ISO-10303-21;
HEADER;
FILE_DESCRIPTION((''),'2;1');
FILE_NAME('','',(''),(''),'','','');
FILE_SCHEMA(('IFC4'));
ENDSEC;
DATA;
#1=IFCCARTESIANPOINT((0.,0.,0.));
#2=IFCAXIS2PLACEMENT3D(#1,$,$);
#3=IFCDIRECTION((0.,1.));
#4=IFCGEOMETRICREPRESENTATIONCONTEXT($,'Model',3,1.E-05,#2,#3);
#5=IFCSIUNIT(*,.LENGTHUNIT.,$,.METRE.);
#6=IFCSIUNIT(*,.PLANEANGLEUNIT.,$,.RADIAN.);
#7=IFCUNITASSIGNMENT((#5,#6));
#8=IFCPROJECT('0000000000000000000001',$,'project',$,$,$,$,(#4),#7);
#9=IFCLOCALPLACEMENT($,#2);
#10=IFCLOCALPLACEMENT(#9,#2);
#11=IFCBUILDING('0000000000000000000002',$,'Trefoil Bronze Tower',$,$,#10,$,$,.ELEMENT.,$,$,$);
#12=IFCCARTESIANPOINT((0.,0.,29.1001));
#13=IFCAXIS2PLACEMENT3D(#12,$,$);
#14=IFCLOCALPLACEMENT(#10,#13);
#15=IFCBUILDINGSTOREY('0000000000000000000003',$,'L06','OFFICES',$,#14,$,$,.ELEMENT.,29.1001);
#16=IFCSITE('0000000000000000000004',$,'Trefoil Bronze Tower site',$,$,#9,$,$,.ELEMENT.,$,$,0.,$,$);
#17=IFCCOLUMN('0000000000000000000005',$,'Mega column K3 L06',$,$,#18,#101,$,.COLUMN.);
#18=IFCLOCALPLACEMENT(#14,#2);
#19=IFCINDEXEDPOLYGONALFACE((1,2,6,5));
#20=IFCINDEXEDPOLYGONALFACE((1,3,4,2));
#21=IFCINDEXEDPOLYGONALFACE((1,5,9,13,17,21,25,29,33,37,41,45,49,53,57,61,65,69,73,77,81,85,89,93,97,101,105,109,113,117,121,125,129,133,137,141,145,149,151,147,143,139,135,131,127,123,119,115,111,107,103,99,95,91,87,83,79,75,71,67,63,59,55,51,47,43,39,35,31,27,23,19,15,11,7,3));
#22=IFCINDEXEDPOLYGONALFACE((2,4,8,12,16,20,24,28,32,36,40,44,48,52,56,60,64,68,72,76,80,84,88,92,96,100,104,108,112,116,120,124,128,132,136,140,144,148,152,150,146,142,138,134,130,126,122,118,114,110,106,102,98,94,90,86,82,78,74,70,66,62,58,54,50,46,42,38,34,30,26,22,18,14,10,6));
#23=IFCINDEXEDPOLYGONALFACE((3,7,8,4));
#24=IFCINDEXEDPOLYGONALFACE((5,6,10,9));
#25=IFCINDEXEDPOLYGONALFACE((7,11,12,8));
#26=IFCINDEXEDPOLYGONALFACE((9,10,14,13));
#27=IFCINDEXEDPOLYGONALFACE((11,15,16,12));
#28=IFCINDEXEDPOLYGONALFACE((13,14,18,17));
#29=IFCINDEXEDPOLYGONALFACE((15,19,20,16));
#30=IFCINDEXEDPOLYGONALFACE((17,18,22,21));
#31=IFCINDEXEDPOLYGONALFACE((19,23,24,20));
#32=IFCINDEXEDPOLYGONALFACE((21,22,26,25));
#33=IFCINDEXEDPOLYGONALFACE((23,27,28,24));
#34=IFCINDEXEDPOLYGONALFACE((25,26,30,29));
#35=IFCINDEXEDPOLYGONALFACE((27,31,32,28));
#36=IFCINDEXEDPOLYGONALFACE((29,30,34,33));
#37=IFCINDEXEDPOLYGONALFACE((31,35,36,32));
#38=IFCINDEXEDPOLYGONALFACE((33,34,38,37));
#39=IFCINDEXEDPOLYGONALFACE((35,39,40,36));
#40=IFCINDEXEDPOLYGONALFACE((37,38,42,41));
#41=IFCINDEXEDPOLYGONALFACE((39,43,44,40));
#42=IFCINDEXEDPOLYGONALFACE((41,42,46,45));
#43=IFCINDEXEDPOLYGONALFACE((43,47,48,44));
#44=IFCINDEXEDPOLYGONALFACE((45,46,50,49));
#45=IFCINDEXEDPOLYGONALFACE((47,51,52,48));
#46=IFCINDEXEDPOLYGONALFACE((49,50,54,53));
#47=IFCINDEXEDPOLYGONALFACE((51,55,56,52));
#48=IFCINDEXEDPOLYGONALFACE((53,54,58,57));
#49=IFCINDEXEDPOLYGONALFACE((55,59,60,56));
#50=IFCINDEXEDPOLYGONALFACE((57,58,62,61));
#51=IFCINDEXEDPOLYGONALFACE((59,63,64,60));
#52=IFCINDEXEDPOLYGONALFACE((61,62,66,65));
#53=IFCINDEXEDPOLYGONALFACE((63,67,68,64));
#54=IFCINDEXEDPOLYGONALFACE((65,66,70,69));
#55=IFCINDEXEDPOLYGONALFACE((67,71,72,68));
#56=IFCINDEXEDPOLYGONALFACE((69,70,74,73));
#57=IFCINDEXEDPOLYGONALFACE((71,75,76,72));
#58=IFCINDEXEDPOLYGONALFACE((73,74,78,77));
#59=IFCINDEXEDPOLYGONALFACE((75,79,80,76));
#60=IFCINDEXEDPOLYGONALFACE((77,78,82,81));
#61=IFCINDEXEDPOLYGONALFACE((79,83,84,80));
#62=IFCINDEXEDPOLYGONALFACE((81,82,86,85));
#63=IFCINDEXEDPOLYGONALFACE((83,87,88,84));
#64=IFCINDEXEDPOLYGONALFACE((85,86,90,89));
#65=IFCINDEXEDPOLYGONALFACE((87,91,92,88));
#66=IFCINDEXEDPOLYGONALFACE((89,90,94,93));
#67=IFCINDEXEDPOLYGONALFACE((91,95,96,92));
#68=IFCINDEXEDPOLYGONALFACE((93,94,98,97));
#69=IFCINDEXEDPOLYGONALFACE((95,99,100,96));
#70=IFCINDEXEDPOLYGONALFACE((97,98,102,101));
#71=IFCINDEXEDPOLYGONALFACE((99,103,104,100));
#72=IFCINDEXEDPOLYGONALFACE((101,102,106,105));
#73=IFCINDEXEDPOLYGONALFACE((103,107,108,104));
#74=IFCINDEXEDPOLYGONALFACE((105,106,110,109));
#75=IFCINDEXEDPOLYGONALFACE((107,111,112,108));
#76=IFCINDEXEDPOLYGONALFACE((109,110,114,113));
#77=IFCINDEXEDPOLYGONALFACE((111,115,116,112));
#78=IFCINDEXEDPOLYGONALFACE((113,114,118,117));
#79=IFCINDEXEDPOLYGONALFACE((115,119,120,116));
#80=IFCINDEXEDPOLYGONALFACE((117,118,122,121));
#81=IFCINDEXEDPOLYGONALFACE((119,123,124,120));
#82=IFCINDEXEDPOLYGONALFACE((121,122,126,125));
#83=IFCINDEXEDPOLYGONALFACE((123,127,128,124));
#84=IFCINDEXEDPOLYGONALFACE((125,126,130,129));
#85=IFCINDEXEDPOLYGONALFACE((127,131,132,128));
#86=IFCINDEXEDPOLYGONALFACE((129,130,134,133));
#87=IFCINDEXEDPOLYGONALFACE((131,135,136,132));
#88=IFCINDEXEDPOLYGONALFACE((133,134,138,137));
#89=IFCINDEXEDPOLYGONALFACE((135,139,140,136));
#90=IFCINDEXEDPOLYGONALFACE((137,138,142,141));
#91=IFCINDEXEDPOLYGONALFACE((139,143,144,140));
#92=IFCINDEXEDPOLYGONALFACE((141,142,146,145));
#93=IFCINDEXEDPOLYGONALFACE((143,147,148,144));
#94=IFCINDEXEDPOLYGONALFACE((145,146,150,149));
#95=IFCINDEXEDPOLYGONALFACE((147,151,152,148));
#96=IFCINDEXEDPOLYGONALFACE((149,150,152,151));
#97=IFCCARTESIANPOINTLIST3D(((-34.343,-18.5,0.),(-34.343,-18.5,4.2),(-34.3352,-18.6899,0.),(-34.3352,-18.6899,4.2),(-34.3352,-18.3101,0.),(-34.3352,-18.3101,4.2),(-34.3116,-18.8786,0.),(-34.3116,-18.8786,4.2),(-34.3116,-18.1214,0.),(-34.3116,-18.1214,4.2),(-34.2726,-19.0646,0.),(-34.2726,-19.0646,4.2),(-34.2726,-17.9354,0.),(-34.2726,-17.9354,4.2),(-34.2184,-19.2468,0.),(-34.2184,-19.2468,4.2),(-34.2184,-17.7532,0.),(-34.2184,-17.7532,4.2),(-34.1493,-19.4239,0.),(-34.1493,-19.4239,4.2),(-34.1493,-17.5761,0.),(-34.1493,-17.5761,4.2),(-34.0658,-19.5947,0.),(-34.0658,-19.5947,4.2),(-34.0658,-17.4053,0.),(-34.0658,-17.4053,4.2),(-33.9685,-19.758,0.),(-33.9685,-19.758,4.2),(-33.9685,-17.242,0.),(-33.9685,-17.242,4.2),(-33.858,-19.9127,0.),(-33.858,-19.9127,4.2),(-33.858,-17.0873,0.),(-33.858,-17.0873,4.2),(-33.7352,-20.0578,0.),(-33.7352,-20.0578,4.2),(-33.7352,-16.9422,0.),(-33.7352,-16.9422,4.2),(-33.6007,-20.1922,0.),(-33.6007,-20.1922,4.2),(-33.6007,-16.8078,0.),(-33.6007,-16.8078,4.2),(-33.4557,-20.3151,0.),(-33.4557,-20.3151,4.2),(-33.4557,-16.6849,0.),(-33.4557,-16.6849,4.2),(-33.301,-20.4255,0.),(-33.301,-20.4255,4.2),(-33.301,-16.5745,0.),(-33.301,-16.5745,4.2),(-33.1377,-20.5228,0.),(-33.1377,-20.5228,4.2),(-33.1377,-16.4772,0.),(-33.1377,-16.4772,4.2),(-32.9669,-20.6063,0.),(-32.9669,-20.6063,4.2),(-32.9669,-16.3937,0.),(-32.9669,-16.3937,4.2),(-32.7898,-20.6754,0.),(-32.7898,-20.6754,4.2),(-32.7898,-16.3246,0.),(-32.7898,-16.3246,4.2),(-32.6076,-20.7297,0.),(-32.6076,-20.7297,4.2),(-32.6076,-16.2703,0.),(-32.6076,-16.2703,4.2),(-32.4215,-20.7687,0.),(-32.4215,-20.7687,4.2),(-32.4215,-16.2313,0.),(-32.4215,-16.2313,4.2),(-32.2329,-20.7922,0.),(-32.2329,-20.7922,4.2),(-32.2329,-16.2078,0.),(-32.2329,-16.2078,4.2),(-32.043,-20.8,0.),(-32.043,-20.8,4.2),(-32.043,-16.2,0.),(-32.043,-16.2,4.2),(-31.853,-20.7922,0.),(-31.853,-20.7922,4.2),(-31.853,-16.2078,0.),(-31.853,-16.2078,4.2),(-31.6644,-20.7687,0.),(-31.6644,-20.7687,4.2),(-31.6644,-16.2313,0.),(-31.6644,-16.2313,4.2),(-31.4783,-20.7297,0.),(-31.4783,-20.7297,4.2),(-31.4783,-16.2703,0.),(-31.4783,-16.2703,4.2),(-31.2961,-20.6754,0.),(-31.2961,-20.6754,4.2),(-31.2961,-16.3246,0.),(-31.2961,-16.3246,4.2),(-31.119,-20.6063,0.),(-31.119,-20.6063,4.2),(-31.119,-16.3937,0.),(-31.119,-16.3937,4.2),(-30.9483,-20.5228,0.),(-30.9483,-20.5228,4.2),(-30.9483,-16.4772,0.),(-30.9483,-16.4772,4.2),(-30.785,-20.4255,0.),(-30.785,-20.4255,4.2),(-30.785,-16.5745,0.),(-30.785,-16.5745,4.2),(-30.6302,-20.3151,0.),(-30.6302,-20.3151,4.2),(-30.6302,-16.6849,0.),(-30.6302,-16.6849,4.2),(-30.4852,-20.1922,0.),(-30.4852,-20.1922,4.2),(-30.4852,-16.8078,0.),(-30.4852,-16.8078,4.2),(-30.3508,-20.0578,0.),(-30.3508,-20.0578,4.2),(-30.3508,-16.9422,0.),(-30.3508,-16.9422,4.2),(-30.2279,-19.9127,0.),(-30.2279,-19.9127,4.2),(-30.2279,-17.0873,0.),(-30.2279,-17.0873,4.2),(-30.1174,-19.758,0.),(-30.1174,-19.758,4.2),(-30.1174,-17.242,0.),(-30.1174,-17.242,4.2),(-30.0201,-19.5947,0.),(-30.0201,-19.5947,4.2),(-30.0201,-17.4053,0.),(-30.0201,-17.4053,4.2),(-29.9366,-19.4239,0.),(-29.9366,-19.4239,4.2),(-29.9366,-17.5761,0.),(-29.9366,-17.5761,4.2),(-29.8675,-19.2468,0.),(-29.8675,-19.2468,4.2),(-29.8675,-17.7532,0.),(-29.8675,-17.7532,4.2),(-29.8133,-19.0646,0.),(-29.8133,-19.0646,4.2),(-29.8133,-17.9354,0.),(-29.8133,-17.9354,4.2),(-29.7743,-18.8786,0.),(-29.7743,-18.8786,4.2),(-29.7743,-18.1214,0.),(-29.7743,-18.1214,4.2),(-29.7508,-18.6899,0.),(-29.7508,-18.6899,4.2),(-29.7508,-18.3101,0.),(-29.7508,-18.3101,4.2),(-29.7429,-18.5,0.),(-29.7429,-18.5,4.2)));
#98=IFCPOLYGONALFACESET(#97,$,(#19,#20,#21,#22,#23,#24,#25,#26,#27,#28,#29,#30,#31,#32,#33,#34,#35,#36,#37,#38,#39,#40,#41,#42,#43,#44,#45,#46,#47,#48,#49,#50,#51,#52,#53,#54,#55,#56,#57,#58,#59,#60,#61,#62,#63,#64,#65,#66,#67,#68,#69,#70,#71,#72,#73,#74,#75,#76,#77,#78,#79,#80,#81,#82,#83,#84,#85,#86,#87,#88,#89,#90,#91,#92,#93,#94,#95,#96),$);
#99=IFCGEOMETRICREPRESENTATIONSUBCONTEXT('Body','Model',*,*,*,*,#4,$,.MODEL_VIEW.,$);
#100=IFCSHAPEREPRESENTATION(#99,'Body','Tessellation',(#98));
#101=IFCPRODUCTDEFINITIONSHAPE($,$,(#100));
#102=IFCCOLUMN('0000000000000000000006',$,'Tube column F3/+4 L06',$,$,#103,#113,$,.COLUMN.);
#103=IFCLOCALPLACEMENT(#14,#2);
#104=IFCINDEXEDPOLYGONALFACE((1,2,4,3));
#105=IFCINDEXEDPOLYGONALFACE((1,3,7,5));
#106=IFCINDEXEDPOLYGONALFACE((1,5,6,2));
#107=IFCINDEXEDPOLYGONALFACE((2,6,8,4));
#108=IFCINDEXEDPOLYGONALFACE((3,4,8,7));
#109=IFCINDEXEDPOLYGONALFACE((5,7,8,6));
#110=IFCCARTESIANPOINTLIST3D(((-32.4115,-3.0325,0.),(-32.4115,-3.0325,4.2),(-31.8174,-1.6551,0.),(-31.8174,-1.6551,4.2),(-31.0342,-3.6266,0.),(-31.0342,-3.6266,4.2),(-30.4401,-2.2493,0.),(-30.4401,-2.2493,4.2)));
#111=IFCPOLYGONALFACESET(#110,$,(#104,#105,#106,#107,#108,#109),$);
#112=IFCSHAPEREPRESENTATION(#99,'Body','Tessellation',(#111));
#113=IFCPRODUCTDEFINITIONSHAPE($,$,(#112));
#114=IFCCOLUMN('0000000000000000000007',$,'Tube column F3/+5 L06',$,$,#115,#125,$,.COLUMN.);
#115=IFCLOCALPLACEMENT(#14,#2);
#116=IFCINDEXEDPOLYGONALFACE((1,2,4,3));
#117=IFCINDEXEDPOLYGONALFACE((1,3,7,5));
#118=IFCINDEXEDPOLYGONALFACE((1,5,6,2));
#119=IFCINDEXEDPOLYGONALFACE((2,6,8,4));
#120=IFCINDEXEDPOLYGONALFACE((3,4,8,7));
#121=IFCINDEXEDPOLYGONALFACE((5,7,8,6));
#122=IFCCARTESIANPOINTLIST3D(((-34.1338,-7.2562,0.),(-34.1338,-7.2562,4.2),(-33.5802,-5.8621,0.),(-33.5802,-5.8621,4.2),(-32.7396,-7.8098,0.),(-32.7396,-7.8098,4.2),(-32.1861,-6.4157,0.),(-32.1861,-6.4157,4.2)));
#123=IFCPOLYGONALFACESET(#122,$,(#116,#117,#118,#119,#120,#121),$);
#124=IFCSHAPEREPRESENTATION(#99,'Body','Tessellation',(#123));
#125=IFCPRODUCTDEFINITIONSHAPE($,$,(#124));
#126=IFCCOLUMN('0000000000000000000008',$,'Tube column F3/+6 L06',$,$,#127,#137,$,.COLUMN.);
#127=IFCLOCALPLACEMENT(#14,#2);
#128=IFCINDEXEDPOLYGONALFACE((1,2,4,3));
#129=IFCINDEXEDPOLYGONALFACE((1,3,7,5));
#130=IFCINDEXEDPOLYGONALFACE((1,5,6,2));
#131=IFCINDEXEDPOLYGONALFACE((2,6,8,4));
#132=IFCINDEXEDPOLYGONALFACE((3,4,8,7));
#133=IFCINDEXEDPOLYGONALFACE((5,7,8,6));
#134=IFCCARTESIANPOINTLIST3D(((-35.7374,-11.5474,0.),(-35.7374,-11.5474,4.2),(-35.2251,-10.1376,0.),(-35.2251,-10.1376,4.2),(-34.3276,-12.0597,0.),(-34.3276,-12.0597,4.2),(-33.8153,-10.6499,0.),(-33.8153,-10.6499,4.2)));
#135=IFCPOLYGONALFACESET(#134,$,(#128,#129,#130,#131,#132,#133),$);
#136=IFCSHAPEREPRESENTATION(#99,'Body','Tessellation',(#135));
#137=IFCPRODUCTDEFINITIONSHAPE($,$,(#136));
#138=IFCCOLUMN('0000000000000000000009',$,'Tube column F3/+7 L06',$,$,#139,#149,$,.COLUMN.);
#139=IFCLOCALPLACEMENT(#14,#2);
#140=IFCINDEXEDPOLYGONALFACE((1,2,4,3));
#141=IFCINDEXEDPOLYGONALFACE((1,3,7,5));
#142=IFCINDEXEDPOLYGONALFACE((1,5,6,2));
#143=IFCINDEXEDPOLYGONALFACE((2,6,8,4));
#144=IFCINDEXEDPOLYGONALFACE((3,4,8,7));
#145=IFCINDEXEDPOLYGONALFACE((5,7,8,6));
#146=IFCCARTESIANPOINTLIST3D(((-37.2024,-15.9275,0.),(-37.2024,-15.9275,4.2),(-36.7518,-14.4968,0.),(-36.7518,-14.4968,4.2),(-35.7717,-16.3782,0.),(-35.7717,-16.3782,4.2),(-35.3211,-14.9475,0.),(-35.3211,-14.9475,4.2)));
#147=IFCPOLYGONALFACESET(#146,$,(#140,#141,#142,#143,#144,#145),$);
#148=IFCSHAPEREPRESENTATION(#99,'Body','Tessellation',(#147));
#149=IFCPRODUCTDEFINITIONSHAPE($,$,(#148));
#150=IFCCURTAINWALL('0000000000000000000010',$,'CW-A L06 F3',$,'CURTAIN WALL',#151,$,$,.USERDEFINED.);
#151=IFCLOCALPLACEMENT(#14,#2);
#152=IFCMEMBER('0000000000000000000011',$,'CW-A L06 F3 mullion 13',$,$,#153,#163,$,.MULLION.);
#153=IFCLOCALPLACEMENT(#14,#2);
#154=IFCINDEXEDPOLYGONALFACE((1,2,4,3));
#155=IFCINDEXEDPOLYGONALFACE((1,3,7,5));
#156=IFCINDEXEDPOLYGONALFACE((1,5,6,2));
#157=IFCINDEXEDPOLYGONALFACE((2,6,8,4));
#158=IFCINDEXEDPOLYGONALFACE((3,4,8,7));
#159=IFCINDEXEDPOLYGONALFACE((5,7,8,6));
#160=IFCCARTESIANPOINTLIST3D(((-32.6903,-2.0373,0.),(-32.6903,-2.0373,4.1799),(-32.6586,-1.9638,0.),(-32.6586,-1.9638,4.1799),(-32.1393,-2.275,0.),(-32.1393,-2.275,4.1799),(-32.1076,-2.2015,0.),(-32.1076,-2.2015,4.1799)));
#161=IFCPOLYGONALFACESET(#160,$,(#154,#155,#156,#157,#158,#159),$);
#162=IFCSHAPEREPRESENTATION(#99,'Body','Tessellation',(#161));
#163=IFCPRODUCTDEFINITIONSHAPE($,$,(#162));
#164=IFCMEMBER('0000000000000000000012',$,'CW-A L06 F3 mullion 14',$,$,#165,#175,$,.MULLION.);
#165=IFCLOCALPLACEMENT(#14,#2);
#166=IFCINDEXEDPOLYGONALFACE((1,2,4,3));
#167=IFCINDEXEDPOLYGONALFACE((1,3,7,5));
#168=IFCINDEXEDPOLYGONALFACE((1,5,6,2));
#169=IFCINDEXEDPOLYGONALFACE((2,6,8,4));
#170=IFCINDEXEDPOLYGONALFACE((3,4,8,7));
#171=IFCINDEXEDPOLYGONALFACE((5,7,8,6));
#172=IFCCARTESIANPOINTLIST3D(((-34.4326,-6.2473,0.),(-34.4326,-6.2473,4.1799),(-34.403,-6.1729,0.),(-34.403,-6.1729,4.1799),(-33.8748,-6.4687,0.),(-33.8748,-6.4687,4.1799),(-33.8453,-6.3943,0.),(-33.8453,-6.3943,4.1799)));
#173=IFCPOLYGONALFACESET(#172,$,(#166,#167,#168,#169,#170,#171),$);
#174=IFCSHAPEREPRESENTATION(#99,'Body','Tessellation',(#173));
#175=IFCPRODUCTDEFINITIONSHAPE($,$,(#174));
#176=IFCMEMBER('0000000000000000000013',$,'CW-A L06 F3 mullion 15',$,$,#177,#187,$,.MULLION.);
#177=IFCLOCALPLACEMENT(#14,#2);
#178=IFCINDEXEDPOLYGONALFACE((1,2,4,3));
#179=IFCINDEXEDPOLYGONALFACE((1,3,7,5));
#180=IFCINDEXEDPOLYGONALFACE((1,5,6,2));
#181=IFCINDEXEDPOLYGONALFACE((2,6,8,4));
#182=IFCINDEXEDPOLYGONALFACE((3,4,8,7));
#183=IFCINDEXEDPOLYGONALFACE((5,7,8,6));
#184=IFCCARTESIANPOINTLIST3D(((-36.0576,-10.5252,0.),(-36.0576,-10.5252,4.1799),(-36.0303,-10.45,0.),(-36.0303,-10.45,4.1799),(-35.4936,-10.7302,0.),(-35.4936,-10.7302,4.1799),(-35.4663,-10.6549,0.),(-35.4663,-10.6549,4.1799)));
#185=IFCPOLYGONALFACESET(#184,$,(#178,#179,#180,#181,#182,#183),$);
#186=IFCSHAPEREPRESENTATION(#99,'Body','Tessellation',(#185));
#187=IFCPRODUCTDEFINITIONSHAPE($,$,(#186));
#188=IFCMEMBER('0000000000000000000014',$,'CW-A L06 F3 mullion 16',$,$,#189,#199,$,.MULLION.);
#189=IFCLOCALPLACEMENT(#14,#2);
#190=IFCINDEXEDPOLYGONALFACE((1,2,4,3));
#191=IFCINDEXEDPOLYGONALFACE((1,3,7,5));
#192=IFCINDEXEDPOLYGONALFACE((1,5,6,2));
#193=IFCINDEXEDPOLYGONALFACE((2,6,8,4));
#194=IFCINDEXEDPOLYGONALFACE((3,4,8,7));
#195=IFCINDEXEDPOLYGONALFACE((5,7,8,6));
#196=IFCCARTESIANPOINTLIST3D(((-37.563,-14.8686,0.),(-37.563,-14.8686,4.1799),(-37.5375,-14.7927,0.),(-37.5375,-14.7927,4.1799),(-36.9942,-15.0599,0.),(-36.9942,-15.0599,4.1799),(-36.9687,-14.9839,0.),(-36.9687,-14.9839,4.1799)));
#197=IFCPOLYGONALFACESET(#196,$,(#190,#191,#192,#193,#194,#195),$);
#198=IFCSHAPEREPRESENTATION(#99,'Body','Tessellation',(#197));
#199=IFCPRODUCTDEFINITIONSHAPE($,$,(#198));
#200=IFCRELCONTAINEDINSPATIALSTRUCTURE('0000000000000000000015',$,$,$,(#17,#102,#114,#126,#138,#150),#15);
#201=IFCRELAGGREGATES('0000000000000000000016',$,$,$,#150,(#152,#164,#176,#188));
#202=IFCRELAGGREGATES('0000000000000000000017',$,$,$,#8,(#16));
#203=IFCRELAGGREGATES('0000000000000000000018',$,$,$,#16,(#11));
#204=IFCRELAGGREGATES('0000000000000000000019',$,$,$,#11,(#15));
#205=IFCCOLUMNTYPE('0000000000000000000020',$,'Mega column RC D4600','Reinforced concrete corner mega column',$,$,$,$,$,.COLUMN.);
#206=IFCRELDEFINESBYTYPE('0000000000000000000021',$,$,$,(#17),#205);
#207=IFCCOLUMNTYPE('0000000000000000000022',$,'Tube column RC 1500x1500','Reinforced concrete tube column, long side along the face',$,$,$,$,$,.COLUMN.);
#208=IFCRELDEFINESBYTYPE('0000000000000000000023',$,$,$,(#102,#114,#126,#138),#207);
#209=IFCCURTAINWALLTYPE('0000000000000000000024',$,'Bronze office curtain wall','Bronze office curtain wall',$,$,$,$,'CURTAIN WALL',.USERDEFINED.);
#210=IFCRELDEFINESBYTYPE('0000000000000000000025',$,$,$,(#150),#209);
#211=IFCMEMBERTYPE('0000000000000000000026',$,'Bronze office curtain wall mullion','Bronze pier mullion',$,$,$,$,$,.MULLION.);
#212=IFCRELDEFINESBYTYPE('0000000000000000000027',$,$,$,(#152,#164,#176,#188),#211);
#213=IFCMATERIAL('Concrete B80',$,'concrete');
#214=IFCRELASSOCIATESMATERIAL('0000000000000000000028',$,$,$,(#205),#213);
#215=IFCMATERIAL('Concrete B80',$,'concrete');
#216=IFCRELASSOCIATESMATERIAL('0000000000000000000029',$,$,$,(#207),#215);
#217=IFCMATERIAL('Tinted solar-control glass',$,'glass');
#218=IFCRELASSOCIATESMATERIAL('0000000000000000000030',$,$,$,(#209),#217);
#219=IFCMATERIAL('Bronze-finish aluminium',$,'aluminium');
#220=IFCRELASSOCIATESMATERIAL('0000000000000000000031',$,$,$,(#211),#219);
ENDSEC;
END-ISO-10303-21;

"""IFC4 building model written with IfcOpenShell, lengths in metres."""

from ifc_helpers import new_model, si_unit, direction, frame, origin, origin_2d, place, context, subcontext, project, spatial, rectangle, circle, extrude, material, material_profile, profile_set, type_object, element, aggregate, save


model = new_model("IFC4")

# Units and contexts
model_context = context("Model", 3, precision=1e-05, world=origin(), true_north=direction((0.0, 1.0)))
body_context = subcontext(model_context, "Body", "Model", "MODEL_VIEW")
ifc_project = project(units=[si_unit("LENGTHUNIT", "METRE"), si_unit("PLANEANGLEUNIT", "RADIAN")], contexts=[model_context])

# Site, building, storey
site_placement = place(None, origin())
site = spatial("IfcSite", under=ifc_project, at=site_placement, Name="Trefoil Bronze Tower site", CompositionType="ELEMENT", RefElevation=0.0)
building_placement = place(site_placement, origin())
building = spatial("IfcBuilding", under=site, at=building_placement, Name="Trefoil Bronze Tower", CompositionType="ELEMENT")
storey_placement = place(building_placement, frame((0.0, 0.0, 29.1001)))
storey = spatial("IfcBuildingStorey", under=building, at=storey_placement, Name="L06", Description="OFFICES", CompositionType="ELEMENT", Elevation=29.1001)

# Columns
ifc_material_1 = material(Name="Concrete B80", Category="concrete")
ifc_material_profile_1 = material_profile(ifc_material_1, circle(Radius=2.3, at=origin_2d()), Name="RC D4600")
ifc_profile_set_1 = profile_set([ifc_material_profile_1], Name="Concrete B80")
column_type_1 = type_object("IfcColumnType", Name="Mega column RC D4600", Description="Reinforced concrete corner mega column", PredefinedType="COLUMN", material=ifc_profile_set_1)
column_placement = place(storey_placement, frame((-32.043, -18.5, 0.0), z_axis=(0.0, 0.0, 1.0), x_axis=(1.0, 0.0, 0.0)))
element("IfcColumn", 1, at=column_placement, inside=storey, type_object=column_type_1, Name="Mega column K3 L06", PredefinedType="COLUMN", context=body_context, shape_type="SweptSolid", body=[
    extrude(circle(Radius=2.3, at=origin_2d()), origin(), (0.0, 0.0, 1.0), 4.2),
])
ifc_material_2 = material(Name="Concrete B80", Category="concrete")
ifc_material_profile_2 = material_profile(ifc_material_2, rectangle(XDim=1.5, YDim=1.5, at=origin_2d()), Name="RC 1500x1500")
ifc_profile_set_2 = profile_set([ifc_material_profile_2], Name="Concrete B80")
column_type_2 = type_object("IfcColumnType", Name="Tube column RC 1500x1500", Description="Reinforced concrete tube column, long side along the face", PredefinedType="COLUMN", material=ifc_profile_set_2)
for number, where, z_axis, x_axis, name in (
    (2, (-31.4258, -2.6409, 0.0), (0.0, 0.0, 1.0), (-0.396085, -0.918214, 0.0), "Tube column F3/+4 L06"),
    (3, (-33.1599, -6.8359, 0.0), (0.0, 0.0, 1.0), (-0.36904, -0.929414, 0.0), "Tube column F3/+5 L06"),
    (4, (-34.7764, -11.0986, 0.0), (0.0, 0.0, 1.0), (-0.341559, -0.93986, 0.0), "Tube column F3/+6 L06"),
    (5, (-36.2617, -15.4375, 0.0), (0.0, 0.0, 1.0), (-0.300414, -0.953809, 0.0), "Tube column F3/+7 L06"),
):
    element("IfcColumn", number, at=place(storey_placement, frame(where, z_axis=z_axis, x_axis=x_axis)), inside=storey, type_object=column_type_2, Name=name, PredefinedType="COLUMN", context=body_context, shape_type="SweptSolid", body=[
        extrude(rectangle(XDim=1.5, YDim=1.5, at=origin_2d()), origin(), (0.0, 0.0, 1.0), 4.2),
    ])

# Curtain wall, members
ifc_material_3 = material(Name="Tinted solar-control glass", Category="glass")
curtain_wall_type_1 = type_object("IfcCurtainWallType", Name="Bronze office curtain wall", Description="Bronze office curtain wall", ElementType="CURTAIN WALL", PredefinedType="USERDEFINED", material=ifc_material_3)
curtain_wall_1_placement = place(storey_placement, origin())
curtain_wall_1 = element("IfcCurtainWall", 6, at=curtain_wall_1_placement, inside=storey, type_object=curtain_wall_type_1, Name="CW-A L06 F3", ObjectType="CURTAIN WALL", PredefinedType="USERDEFINED")
ifc_material_4 = material(Name="Bronze-finish aluminium", Category="aluminium")
ifc_material_profile_3 = material_profile(ifc_material_4, rectangle(XDim=0.6001, YDim=0.0801, at=origin_2d()), Name="CW-A mullion")
ifc_profile_set_3 = profile_set([ifc_material_profile_3], Name="Bronze-finish aluminium")
member_type_1 = type_object("IfcMemberType", Name="Bronze office curtain wall mullion", Description="Bronze pier mullion", PredefinedType="MULLION", material=ifc_profile_set_3)
member_1_placement = place(storey_placement, frame((-32.3989, -2.1194, 0.0), z_axis=(0.0, 0.0, 1.0), x_axis=(0.918214, -0.396085, 0.0)))
member_1 = element("IfcMember", 7, at=member_1_placement, type_object=member_type_1, Name="CW-A L06 F3 mullion 13", PredefinedType="MULLION", context=body_context, shape_type="SweptSolid", body=[
    extrude(rectangle(XDim=0.6001, YDim=0.0801, at=origin_2d()), origin(), (0.0, 0.0, 1.0), 4.1799),
])
member_2_placement = place(storey_placement, frame((-34.1389, -6.3208, 0.0), z_axis=(0.0, 0.0, 1.0), x_axis=(0.929414, -0.36904, 0.0)))
member_2 = element("IfcMember", 8, at=member_2_placement, type_object=member_type_1, Name="CW-A L06 F3 mullion 14", PredefinedType="MULLION", context=body_context, shape_type="SweptSolid", body=[
    extrude(rectangle(XDim=0.6001, YDim=0.0801, at=origin_2d()), origin(), (0.0, 0.0, 1.0), 4.1799),
])
member_3_placement = place(storey_placement, frame((-35.762, -10.5901, 0.0), z_axis=(0.0, 0.0, 1.0), x_axis=(0.93986, -0.341559, 0.0)))
member_3 = element("IfcMember", 9, at=member_3_placement, type_object=member_type_1, Name="CW-A L06 F3 mullion 15", PredefinedType="MULLION", context=body_context, shape_type="SweptSolid", body=[
    extrude(rectangle(XDim=0.6001, YDim=0.0801, at=origin_2d()), origin(), (0.0, 0.0, 1.0), 4.1799),
])
member_4_placement = place(storey_placement, frame((-37.2659, -14.9263, 0.0), z_axis=(0.0, 0.0, 1.0), x_axis=(0.947851, -0.318715, 0.0)))
member_4 = element("IfcMember", 10, at=member_4_placement, type_object=member_type_1, Name="CW-A L06 F3 mullion 16", PredefinedType="MULLION", context=body_context, shape_type="SweptSolid", body=[
    extrude(rectangle(XDim=0.6001, YDim=0.0801, at=origin_2d()), origin(), (0.0, 0.0, 1.0), 4.1799),
])

aggregate(curtain_wall_1, [member_1, member_2, member_3, member_4])

save(model, "model.ifc")
